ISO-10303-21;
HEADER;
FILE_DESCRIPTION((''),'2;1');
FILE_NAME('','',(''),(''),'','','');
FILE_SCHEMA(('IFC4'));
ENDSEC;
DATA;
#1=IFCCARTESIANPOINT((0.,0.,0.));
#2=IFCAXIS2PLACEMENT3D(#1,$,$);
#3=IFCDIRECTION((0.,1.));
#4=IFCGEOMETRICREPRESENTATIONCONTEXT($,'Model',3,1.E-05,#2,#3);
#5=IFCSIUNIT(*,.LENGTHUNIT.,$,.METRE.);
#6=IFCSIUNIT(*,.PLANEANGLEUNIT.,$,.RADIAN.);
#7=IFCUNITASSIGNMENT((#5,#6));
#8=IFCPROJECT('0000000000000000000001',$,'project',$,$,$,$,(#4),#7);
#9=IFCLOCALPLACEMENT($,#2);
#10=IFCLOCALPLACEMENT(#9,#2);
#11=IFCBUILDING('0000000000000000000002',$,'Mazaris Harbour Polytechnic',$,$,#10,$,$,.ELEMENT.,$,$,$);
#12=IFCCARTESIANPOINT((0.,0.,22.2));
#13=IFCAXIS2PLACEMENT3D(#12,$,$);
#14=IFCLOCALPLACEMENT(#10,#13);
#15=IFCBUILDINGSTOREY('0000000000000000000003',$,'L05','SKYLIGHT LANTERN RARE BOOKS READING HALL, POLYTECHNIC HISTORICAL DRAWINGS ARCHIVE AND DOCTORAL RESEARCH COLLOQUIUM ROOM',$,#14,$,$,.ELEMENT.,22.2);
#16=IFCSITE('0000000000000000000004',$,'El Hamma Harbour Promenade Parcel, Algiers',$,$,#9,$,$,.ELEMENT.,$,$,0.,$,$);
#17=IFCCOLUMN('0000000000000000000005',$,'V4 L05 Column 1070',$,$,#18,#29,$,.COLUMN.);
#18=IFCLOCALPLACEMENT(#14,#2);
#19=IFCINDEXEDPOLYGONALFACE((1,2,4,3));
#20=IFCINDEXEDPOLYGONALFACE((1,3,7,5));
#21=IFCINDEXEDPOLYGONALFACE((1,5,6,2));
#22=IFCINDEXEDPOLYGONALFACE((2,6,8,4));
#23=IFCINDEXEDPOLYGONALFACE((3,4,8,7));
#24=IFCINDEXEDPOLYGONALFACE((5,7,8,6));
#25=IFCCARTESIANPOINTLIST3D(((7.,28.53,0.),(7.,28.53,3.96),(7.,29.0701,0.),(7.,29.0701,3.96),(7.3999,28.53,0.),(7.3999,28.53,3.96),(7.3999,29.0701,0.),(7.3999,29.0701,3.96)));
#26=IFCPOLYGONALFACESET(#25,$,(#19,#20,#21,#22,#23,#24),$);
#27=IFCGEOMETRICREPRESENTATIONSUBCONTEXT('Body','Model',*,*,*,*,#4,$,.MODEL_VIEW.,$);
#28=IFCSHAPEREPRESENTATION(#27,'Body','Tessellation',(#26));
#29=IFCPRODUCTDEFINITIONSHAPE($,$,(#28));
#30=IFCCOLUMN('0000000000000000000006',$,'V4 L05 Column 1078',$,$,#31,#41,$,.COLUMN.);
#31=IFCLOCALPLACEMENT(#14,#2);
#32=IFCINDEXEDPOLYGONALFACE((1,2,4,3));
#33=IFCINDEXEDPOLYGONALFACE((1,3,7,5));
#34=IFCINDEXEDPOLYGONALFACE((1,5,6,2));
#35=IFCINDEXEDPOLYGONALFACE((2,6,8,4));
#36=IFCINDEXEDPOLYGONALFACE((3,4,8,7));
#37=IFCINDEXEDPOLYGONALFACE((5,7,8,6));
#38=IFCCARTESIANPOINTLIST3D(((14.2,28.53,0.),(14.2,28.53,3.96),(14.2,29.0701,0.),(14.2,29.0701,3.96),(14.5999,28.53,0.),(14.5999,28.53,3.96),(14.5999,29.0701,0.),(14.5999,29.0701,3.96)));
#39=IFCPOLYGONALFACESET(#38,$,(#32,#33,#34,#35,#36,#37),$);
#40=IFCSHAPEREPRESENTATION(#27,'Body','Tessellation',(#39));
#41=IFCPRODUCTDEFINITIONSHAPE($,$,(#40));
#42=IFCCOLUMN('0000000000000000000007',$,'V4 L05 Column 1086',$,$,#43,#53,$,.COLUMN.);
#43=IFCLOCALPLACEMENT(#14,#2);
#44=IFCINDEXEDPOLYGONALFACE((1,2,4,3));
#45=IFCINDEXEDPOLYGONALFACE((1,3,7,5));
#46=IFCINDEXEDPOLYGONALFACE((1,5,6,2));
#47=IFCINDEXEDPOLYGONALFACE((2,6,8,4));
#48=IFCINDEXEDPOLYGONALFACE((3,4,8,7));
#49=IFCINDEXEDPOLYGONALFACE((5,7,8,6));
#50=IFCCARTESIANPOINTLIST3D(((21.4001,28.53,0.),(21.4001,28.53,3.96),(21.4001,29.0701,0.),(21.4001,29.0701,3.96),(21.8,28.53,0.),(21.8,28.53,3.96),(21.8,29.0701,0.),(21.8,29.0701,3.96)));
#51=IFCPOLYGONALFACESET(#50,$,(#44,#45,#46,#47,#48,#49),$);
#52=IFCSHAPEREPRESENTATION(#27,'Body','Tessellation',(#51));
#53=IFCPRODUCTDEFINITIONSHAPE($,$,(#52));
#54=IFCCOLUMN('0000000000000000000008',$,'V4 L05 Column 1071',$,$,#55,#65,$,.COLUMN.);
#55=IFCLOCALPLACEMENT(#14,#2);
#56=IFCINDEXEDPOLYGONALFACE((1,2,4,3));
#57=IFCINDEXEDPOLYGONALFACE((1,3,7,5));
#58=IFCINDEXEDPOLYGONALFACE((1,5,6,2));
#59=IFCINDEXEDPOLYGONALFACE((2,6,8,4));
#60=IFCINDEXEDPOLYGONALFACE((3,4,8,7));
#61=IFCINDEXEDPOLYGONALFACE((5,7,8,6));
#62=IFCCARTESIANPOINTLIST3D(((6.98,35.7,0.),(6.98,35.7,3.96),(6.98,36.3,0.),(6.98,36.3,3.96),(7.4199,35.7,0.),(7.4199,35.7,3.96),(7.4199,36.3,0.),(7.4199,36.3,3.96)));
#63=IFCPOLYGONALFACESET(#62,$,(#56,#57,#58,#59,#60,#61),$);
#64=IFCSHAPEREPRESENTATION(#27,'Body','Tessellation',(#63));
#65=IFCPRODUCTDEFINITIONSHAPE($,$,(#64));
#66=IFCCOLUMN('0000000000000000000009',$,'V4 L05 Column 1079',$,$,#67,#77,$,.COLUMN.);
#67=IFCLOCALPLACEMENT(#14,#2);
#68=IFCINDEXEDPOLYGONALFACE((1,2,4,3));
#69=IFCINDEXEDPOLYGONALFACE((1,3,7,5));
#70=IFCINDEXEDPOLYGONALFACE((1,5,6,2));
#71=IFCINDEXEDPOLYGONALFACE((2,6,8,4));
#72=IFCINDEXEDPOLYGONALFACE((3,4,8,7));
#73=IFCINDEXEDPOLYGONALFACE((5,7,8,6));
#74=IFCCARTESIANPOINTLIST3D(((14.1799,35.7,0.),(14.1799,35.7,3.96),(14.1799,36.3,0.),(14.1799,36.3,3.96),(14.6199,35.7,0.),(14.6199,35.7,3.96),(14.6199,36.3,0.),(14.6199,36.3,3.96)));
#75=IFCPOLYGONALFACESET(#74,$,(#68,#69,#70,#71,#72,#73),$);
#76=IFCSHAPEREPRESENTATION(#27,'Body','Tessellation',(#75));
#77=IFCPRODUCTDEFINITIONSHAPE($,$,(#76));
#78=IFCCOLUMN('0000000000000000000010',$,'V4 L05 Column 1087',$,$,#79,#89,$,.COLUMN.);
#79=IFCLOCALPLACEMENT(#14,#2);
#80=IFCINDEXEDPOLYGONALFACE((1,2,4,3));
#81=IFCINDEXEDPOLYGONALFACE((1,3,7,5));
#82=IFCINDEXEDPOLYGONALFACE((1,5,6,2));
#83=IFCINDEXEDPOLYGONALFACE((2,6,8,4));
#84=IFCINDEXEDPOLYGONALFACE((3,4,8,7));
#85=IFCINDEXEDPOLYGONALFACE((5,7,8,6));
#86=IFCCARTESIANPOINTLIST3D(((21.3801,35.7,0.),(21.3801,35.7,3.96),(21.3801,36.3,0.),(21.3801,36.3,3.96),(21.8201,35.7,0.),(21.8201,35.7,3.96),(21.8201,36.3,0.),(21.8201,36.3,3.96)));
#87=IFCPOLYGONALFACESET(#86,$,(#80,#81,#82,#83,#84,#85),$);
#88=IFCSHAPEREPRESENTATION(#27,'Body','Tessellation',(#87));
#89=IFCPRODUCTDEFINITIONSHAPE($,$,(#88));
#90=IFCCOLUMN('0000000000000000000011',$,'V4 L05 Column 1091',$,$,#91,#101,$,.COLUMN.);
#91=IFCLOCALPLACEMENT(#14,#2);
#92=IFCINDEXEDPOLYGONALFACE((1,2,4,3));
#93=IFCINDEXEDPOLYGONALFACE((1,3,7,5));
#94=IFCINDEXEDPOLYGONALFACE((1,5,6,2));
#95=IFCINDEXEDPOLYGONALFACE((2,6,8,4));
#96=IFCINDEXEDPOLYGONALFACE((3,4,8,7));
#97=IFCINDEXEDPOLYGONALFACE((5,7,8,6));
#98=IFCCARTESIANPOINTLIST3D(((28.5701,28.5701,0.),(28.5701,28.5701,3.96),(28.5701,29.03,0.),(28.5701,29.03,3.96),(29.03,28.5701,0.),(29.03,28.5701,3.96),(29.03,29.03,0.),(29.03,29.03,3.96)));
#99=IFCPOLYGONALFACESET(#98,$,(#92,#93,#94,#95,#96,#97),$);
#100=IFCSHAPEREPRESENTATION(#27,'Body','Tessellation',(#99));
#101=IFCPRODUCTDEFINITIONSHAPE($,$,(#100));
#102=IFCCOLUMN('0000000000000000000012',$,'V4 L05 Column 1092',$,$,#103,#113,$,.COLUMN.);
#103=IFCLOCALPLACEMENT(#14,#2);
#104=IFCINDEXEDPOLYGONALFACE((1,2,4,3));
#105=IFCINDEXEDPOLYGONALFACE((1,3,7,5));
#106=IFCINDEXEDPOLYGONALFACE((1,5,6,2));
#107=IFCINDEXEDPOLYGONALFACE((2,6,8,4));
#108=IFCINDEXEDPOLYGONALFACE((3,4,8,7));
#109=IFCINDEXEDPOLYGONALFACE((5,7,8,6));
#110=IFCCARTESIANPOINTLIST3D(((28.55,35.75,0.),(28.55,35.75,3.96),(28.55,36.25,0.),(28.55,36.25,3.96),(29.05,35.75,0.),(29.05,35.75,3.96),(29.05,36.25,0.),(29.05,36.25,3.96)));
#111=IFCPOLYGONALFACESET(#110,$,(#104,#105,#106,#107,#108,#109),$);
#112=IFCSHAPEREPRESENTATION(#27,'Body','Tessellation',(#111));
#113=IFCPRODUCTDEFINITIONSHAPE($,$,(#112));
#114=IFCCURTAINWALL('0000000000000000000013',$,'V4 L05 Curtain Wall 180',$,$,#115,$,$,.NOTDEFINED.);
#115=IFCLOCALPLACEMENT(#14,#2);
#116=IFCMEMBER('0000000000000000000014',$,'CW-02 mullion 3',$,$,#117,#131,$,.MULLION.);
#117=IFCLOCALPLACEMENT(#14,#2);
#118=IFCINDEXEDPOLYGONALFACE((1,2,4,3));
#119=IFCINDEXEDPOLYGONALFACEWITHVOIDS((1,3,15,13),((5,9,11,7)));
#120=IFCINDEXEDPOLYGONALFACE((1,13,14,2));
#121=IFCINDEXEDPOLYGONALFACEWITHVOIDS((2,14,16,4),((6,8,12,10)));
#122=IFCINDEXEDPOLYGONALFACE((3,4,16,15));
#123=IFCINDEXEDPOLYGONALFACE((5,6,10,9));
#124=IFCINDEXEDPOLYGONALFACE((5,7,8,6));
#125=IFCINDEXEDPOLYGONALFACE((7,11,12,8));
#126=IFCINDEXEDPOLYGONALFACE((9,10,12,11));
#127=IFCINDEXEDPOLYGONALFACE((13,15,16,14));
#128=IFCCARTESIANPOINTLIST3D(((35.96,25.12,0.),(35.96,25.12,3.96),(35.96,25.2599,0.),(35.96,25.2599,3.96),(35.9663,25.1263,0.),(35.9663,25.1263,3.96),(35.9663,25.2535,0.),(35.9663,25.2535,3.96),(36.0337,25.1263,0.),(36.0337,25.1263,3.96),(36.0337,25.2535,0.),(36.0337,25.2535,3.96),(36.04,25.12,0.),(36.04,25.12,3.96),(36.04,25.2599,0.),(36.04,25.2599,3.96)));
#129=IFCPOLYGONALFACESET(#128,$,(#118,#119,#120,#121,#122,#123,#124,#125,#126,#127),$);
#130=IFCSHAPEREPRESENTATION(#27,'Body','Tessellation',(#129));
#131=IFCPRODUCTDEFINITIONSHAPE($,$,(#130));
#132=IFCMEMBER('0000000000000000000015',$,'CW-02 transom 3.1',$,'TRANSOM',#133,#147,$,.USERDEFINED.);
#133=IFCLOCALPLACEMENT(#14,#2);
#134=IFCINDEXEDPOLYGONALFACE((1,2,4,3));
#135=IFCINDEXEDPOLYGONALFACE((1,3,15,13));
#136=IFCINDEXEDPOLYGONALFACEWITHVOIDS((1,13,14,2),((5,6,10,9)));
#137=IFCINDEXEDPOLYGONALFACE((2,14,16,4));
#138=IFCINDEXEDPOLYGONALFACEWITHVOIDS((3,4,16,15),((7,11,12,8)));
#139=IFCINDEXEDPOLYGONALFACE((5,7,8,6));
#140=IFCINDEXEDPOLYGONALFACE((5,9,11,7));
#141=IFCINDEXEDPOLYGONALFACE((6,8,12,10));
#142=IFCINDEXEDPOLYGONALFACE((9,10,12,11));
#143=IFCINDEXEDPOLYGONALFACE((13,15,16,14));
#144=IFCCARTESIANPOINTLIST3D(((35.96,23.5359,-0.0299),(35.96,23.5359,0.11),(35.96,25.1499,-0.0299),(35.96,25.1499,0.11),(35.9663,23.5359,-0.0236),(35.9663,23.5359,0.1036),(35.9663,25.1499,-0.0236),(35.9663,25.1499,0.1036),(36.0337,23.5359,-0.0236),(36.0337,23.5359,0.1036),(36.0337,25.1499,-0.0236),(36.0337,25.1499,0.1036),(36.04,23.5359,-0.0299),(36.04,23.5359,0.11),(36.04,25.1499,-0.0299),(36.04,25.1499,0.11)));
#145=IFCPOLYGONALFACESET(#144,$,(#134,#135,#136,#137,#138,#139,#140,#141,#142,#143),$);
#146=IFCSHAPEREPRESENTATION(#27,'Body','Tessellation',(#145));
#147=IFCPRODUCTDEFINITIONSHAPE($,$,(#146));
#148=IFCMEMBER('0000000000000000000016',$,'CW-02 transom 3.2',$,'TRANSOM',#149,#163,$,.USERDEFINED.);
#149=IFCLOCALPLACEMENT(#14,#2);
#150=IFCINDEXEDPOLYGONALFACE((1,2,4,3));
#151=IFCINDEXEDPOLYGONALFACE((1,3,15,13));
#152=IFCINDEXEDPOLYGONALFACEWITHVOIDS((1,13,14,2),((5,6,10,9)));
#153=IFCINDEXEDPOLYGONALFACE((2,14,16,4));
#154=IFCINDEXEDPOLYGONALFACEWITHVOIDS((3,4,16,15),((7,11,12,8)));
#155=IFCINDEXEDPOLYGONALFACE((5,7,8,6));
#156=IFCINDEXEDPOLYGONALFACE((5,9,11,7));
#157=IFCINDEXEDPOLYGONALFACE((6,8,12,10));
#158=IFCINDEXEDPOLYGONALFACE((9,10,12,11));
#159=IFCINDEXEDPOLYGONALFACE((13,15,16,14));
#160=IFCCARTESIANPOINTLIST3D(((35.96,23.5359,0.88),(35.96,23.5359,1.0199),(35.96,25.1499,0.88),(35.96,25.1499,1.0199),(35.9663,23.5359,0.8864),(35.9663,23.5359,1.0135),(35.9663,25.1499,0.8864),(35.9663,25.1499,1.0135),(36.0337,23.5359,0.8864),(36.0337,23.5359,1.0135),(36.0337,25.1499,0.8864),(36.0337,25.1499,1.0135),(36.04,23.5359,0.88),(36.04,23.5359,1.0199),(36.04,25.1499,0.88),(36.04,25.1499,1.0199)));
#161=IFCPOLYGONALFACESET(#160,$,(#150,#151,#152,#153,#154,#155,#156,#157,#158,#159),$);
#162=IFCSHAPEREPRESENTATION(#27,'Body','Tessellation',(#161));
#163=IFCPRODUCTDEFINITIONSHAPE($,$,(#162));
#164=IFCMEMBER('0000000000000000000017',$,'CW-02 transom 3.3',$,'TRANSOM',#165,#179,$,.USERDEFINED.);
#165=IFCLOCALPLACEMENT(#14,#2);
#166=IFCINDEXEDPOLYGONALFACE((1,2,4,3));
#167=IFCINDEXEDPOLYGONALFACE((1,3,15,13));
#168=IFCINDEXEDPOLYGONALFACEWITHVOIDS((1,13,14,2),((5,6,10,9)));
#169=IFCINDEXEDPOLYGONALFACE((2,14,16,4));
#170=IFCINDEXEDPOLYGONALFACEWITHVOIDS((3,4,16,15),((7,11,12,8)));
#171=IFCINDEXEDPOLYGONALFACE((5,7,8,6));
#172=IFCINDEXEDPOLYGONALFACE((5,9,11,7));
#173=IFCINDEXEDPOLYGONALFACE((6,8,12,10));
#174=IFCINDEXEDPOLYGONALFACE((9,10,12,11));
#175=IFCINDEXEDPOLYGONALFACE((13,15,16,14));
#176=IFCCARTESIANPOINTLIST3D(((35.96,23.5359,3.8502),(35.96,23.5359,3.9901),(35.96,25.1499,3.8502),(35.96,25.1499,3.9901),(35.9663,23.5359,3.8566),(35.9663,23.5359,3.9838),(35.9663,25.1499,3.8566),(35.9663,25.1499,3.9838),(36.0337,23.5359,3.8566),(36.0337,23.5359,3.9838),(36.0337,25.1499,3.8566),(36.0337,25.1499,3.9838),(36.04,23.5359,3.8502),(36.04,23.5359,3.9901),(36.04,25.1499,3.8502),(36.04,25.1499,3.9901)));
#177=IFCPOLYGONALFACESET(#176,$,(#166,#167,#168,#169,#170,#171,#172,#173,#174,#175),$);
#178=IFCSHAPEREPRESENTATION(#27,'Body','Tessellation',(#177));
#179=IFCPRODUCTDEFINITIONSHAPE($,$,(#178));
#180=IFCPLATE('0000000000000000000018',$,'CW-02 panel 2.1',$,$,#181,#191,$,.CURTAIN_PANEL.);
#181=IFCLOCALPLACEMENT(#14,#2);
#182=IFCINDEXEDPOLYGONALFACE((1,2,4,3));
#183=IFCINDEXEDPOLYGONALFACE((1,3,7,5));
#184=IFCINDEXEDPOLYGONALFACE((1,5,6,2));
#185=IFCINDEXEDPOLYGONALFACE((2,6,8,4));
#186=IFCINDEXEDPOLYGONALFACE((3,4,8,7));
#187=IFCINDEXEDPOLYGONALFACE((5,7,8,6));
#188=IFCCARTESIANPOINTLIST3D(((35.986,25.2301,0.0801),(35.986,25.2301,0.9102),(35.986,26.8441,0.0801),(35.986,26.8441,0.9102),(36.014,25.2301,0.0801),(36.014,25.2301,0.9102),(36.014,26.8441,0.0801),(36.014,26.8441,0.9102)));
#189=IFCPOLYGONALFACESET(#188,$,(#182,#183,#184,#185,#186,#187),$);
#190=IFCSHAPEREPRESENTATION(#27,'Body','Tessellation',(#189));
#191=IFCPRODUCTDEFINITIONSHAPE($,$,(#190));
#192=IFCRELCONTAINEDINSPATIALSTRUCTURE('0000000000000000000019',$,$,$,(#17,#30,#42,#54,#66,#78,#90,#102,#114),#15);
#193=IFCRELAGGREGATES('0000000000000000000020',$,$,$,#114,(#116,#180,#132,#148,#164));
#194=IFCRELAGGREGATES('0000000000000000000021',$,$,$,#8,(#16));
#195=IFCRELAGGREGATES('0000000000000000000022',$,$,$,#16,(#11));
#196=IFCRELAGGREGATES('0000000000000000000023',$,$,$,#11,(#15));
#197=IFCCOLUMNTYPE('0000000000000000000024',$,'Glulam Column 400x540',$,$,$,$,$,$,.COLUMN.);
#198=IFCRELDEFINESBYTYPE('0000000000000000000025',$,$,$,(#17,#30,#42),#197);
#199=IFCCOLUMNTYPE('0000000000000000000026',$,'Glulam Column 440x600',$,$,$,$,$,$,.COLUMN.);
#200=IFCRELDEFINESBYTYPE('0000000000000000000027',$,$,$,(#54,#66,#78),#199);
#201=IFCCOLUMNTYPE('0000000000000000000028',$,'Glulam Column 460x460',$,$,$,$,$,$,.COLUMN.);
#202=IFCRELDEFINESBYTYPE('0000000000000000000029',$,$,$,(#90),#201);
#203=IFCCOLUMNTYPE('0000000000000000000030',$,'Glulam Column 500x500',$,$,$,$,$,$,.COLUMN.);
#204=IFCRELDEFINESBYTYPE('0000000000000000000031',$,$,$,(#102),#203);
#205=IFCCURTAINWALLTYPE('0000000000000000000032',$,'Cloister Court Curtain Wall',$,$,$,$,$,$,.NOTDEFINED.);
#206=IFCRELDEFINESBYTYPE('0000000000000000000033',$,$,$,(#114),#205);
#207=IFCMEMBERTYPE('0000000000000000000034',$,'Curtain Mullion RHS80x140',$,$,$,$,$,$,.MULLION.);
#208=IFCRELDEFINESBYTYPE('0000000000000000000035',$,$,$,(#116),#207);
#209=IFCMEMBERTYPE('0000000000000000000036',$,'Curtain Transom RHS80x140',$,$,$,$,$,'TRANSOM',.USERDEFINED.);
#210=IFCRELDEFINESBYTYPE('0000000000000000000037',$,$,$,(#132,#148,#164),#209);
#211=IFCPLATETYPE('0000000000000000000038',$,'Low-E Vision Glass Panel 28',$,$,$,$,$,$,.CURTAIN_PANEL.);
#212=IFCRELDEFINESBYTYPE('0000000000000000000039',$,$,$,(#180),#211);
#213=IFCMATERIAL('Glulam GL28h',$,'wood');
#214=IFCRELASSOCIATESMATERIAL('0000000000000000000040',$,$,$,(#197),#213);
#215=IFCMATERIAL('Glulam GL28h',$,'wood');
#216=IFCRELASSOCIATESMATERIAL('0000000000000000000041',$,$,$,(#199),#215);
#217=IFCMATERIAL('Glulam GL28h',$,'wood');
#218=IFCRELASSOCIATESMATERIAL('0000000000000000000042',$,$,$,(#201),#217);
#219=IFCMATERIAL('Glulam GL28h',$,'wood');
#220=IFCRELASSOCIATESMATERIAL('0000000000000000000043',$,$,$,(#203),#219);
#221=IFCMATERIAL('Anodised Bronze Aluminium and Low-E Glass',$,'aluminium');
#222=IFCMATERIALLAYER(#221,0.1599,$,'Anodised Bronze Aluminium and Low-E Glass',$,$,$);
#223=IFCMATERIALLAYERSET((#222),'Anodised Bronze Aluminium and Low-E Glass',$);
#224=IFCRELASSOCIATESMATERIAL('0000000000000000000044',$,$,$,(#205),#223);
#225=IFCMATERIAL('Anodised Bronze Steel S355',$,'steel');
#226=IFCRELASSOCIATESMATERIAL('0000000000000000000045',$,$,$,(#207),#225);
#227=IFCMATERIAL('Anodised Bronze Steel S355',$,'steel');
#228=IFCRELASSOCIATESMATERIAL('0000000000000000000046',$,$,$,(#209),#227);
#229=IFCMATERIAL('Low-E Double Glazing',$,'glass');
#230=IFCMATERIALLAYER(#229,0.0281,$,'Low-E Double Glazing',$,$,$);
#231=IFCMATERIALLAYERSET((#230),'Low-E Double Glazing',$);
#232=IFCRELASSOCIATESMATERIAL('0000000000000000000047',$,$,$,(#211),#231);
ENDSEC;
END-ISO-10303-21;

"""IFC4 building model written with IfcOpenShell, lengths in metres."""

from ifc_helpers import new_model, si_unit, direction, frame, origin, origin_2d, place, context, subcontext, project, spatial, rectangle, hollow_rectangle, extrude, material, layer, layer_set, material_profile, profile_set, type_object, element, aggregate, save


model = new_model("IFC4")

# Units and contexts
model_context = context("Model", 3, precision=1e-05, world=origin(), true_north=direction((0.0, 1.0)))
body_context = subcontext(model_context, "Body", "Model", "MODEL_VIEW")
ifc_project = project(units=[si_unit("LENGTHUNIT", "METRE"), si_unit("PLANEANGLEUNIT", "RADIAN")], contexts=[model_context])

# Site, building, storey
site_placement = place(None, origin())
site = spatial("IfcSite", under=ifc_project, at=site_placement, Name="El Hamma Harbour Promenade Parcel, Algiers", CompositionType="ELEMENT", RefElevation=0.0)
building_placement = place(site_placement, origin())
building = spatial("IfcBuilding", under=site, at=building_placement, Name="Mazaris Harbour Polytechnic", CompositionType="ELEMENT")
storey_placement = place(building_placement, frame((0.0, 0.0, 22.2)))
storey = spatial("IfcBuildingStorey", under=building, at=storey_placement, Name="L05", Description="SKYLIGHT LANTERN RARE BOOKS READING HALL, POLYTECHNIC HISTORICAL DRAWINGS ARCHIVE AND DOCTORAL RESEARCH COLLOQUIUM ROOM", CompositionType="ELEMENT", Elevation=22.2)

# Columns
ifc_material_1 = material(Name="Glulam GL28h", Category="wood")
ifc_material_profile_1 = material_profile(ifc_material_1, rectangle(XDim=0.3999, YDim=0.54, at=origin_2d()), Name="RECT400x540")
ifc_profile_set_1 = profile_set([ifc_material_profile_1], Name="Glulam GL28h")
column_type_1 = type_object("IfcColumnType", Name="Glulam Column 400x540", PredefinedType="COLUMN", material=ifc_profile_set_1)
for number, where, z_axis, x_axis, name in (
    (1, (7.2, 28.8, 0.0), (0.0, 0.0, 1.0), (1.0, 0.0, 0.0), "V4 L05 Column 1070"),
    (2, (14.3999, 28.8, 0.0), (0.0, 0.0, 1.0), (1.0, 0.0, 0.0), "V4 L05 Column 1078"),
    (3, (21.6001, 28.8, 0.0), (0.0, 0.0, 1.0), (1.0, 0.0, 0.0), "V4 L05 Column 1086"),
):
    element("IfcColumn", number, at=place(storey_placement, frame(where, z_axis=z_axis, x_axis=x_axis)), inside=storey, type_object=column_type_1, Name=name, PredefinedType="COLUMN", context=body_context, shape_type="SweptSolid", body=[
        extrude(rectangle(XDim=0.3999, YDim=0.54, at=origin_2d()), origin(), (0.0, 0.0, 1.0), 3.96),
    ])
ifc_material_2 = material(Name="Glulam GL28h", Category="wood")
ifc_material_profile_2 = material_profile(ifc_material_2, rectangle(XDim=0.4399, YDim=0.6001, at=origin_2d()), Name="RECT440x600")
ifc_profile_set_2 = profile_set([ifc_material_profile_2], Name="Glulam GL28h")
column_type_2 = type_object("IfcColumnType", Name="Glulam Column 440x600", PredefinedType="COLUMN", material=ifc_profile_set_2)
for number, where, z_axis, x_axis, name in (
    (4, (7.2, 36.0, 0.0), (0.0, 0.0, 1.0), (1.0, 0.0, 0.0), "V4 L05 Column 1071"),
    (5, (14.3999, 36.0, 0.0), (0.0, 0.0, 1.0), (1.0, 0.0, 0.0), "V4 L05 Column 1079"),
    (6, (21.6001, 36.0, 0.0), (0.0, 0.0, 1.0), (1.0, 0.0, 0.0), "V4 L05 Column 1087"),
):
    element("IfcColumn", number, at=place(storey_placement, frame(where, z_axis=z_axis, x_axis=x_axis)), inside=storey, type_object=column_type_2, Name=name, PredefinedType="COLUMN", context=body_context, shape_type="SweptSolid", body=[
        extrude(rectangle(XDim=0.4399, YDim=0.6001, at=origin_2d()), origin(), (0.0, 0.0, 1.0), 3.96),
    ])
ifc_material_3 = material(Name="Glulam GL28h", Category="wood")
ifc_material_profile_3 = material_profile(ifc_material_3, rectangle(XDim=0.46, YDim=0.46, at=origin_2d()), Name="RECT460x460")
ifc_profile_set_3 = profile_set([ifc_material_profile_3], Name="Glulam GL28h")
column_type_3 = type_object("IfcColumnType", Name="Glulam Column 460x460", PredefinedType="COLUMN", material=ifc_profile_set_3)
column_1_placement = place(storey_placement, frame((28.8, 28.8, 0.0), z_axis=(0.0, 0.0, 1.0), x_axis=(1.0, 0.0, 0.0)))
element("IfcColumn", 7, at=column_1_placement, inside=storey, type_object=column_type_3, Name="V4 L05 Column 1091", PredefinedType="COLUMN", context=body_context, shape_type="SweptSolid", body=[
    extrude(rectangle(XDim=0.46, YDim=0.46, at=origin_2d()), origin(), (0.0, 0.0, 1.0), 3.96),
])
ifc_material_4 = material(Name="Glulam GL28h", Category="wood")
ifc_material_profile_4 = material_profile(ifc_material_4, rectangle(XDim=0.5, YDim=0.5, at=origin_2d()), Name="RECT500x500")
ifc_profile_set_4 = profile_set([ifc_material_profile_4], Name="Glulam GL28h")
column_type_4 = type_object("IfcColumnType", Name="Glulam Column 500x500", PredefinedType="COLUMN", material=ifc_profile_set_4)
column_2_placement = place(storey_placement, frame((28.8, 36.0, 0.0), z_axis=(0.0, 0.0, 1.0), x_axis=(1.0, 0.0, 0.0)))
element("IfcColumn", 8, at=column_2_placement, inside=storey, type_object=column_type_4, Name="V4 L05 Column 1092", PredefinedType="COLUMN", context=body_context, shape_type="SweptSolid", body=[
    extrude(rectangle(XDim=0.5, YDim=0.5, at=origin_2d()), origin(), (0.0, 0.0, 1.0), 3.96),
])

# Curtain wall, members, plate
ifc_material_5 = material(Name="Anodised Bronze Aluminium and Low-E Glass", Category="aluminium")
ifc_layer_1 = layer(ifc_material_5, 0.1599, Name="Anodised Bronze Aluminium and Low-E Glass")
ifc_layer_set_1 = layer_set([ifc_layer_1], Name="Anodised Bronze Aluminium and Low-E Glass")
curtain_wall_type = type_object("IfcCurtainWallType", Name="Cloister Court Curtain Wall", PredefinedType="NOTDEFINED", material=ifc_layer_set_1)
curtain_wall_placement = place(storey_placement, origin())
curtain_wall = element("IfcCurtainWall", 9, at=curtain_wall_placement, inside=storey, type_object=curtain_wall_type, Name="V4 L05 Curtain Wall 180", PredefinedType="NOTDEFINED")
ifc_material_6 = material(Name="Anodised Bronze Steel S355", Category="steel")
ifc_material_profile_5 = material_profile(ifc_material_6, hollow_rectangle(XDim=0.0801, YDim=0.1399, WallThickness=0.0063, at=origin_2d()), Name="RHS 80x140x6.3")
ifc_profile_set_5 = profile_set([ifc_material_profile_5], Name="Anodised Bronze Steel S355")
member_type_1 = type_object("IfcMemberType", Name="Curtain Mullion RHS80x140", PredefinedType="MULLION", material=ifc_profile_set_5)
member_1_placement = place(storey_placement, frame((36.0, 25.1899, 0.0), z_axis=(0.0, 0.0, 1.0), x_axis=(1.0, 0.0, 0.0)))
member_1 = element("IfcMember", 10, at=member_1_placement, type_object=member_type_1, Name="CW-02 mullion 3", PredefinedType="MULLION", context=body_context, shape_type="SweptSolid", body=[
    extrude(hollow_rectangle(XDim=0.0801, YDim=0.1399, WallThickness=0.0063, at=origin_2d()), origin(), (0.0, 0.0, 1.0), 3.96),
])
ifc_material_7 = material(Name="Anodised Bronze Steel S355", Category="steel")
ifc_material_profile_6 = material_profile(ifc_material_7, hollow_rectangle(XDim=0.0801, YDim=0.1399, WallThickness=0.0063, at=origin_2d()), Name="RHS 80x140x6.3")
ifc_profile_set_6 = profile_set([ifc_material_profile_6], Name="Anodised Bronze Steel S355")
member_type_2 = type_object("IfcMemberType", Name="Curtain Transom RHS80x140", ElementType="TRANSOM", PredefinedType="USERDEFINED", material=ifc_profile_set_6)
member_2_placement = place(storey_placement, frame((36.0, 25.1499, 0.04), z_axis=(0.0, -1.0, 0.0), x_axis=(1.0, 0.0, 0.0)))
member_2 = element("IfcMember", 11, at=member_2_placement, type_object=member_type_2, Name="CW-02 transom 3.1", ObjectType="TRANSOM", PredefinedType="USERDEFINED", context=body_context, shape_type="SweptSolid", body=[
    extrude(hollow_rectangle(XDim=0.0801, YDim=0.1399, WallThickness=0.0063, at=origin_2d()), origin(), (0.0, 0.0, 1.0), 1.614),
])
member_3_placement = place(storey_placement, frame((36.0, 25.1499, 0.95), z_axis=(0.0, -1.0, 0.0), x_axis=(1.0, 0.0, 0.0)))
member_3 = element("IfcMember", 12, at=member_3_placement, type_object=member_type_2, Name="CW-02 transom 3.2", ObjectType="TRANSOM", PredefinedType="USERDEFINED", context=body_context, shape_type="SweptSolid", body=[
    extrude(hollow_rectangle(XDim=0.0801, YDim=0.1399, WallThickness=0.0063, at=origin_2d()), origin(), (0.0, 0.0, 1.0), 1.614),
])
member_4_placement = place(storey_placement, frame((36.0, 25.1499, 3.9202), z_axis=(0.0, -1.0, 0.0), x_axis=(1.0, 0.0, 0.0)))
member_4 = element("IfcMember", 13, at=member_4_placement, type_object=member_type_2, Name="CW-02 transom 3.3", ObjectType="TRANSOM", PredefinedType="USERDEFINED", context=body_context, shape_type="SweptSolid", body=[
    extrude(hollow_rectangle(XDim=0.0801, YDim=0.1399, WallThickness=0.0063, at=origin_2d()), origin(), (0.0, 0.0, 1.0), 1.614),
])
ifc_material_8 = material(Name="Low-E Double Glazing", Category="glass")
ifc_layer_2 = layer(ifc_material_8, 0.0281, Name="Low-E Double Glazing")
ifc_layer_set_2 = layer_set([ifc_layer_2], Name="Low-E Double Glazing")
plate_type = type_object("IfcPlateType", Name="Low-E Vision Glass Panel 28", PredefinedType="CURTAIN_PANEL", material=ifc_layer_set_2)
plate_1_placement = place(storey_placement, frame((36.0, 26.0371, 0.0801), z_axis=(0.0, 0.0, 1.0), x_axis=(0.0, -1.0, 0.0)))
plate_1 = element("IfcPlate", 14, at=plate_1_placement, type_object=plate_type, Name="CW-02 panel 2.1", PredefinedType="CURTAIN_PANEL", context=body_context, shape_type="SweptSolid", body=[
    extrude(rectangle(XDim=1.614, YDim=0.0281, at=origin_2d()), origin(), (0.0, 0.0, 1.0), 0.8301),
])
aggregate(curtain_wall, [member_1, plate_1, member_2, member_3, member_4])

save(model, "model.ifc")
